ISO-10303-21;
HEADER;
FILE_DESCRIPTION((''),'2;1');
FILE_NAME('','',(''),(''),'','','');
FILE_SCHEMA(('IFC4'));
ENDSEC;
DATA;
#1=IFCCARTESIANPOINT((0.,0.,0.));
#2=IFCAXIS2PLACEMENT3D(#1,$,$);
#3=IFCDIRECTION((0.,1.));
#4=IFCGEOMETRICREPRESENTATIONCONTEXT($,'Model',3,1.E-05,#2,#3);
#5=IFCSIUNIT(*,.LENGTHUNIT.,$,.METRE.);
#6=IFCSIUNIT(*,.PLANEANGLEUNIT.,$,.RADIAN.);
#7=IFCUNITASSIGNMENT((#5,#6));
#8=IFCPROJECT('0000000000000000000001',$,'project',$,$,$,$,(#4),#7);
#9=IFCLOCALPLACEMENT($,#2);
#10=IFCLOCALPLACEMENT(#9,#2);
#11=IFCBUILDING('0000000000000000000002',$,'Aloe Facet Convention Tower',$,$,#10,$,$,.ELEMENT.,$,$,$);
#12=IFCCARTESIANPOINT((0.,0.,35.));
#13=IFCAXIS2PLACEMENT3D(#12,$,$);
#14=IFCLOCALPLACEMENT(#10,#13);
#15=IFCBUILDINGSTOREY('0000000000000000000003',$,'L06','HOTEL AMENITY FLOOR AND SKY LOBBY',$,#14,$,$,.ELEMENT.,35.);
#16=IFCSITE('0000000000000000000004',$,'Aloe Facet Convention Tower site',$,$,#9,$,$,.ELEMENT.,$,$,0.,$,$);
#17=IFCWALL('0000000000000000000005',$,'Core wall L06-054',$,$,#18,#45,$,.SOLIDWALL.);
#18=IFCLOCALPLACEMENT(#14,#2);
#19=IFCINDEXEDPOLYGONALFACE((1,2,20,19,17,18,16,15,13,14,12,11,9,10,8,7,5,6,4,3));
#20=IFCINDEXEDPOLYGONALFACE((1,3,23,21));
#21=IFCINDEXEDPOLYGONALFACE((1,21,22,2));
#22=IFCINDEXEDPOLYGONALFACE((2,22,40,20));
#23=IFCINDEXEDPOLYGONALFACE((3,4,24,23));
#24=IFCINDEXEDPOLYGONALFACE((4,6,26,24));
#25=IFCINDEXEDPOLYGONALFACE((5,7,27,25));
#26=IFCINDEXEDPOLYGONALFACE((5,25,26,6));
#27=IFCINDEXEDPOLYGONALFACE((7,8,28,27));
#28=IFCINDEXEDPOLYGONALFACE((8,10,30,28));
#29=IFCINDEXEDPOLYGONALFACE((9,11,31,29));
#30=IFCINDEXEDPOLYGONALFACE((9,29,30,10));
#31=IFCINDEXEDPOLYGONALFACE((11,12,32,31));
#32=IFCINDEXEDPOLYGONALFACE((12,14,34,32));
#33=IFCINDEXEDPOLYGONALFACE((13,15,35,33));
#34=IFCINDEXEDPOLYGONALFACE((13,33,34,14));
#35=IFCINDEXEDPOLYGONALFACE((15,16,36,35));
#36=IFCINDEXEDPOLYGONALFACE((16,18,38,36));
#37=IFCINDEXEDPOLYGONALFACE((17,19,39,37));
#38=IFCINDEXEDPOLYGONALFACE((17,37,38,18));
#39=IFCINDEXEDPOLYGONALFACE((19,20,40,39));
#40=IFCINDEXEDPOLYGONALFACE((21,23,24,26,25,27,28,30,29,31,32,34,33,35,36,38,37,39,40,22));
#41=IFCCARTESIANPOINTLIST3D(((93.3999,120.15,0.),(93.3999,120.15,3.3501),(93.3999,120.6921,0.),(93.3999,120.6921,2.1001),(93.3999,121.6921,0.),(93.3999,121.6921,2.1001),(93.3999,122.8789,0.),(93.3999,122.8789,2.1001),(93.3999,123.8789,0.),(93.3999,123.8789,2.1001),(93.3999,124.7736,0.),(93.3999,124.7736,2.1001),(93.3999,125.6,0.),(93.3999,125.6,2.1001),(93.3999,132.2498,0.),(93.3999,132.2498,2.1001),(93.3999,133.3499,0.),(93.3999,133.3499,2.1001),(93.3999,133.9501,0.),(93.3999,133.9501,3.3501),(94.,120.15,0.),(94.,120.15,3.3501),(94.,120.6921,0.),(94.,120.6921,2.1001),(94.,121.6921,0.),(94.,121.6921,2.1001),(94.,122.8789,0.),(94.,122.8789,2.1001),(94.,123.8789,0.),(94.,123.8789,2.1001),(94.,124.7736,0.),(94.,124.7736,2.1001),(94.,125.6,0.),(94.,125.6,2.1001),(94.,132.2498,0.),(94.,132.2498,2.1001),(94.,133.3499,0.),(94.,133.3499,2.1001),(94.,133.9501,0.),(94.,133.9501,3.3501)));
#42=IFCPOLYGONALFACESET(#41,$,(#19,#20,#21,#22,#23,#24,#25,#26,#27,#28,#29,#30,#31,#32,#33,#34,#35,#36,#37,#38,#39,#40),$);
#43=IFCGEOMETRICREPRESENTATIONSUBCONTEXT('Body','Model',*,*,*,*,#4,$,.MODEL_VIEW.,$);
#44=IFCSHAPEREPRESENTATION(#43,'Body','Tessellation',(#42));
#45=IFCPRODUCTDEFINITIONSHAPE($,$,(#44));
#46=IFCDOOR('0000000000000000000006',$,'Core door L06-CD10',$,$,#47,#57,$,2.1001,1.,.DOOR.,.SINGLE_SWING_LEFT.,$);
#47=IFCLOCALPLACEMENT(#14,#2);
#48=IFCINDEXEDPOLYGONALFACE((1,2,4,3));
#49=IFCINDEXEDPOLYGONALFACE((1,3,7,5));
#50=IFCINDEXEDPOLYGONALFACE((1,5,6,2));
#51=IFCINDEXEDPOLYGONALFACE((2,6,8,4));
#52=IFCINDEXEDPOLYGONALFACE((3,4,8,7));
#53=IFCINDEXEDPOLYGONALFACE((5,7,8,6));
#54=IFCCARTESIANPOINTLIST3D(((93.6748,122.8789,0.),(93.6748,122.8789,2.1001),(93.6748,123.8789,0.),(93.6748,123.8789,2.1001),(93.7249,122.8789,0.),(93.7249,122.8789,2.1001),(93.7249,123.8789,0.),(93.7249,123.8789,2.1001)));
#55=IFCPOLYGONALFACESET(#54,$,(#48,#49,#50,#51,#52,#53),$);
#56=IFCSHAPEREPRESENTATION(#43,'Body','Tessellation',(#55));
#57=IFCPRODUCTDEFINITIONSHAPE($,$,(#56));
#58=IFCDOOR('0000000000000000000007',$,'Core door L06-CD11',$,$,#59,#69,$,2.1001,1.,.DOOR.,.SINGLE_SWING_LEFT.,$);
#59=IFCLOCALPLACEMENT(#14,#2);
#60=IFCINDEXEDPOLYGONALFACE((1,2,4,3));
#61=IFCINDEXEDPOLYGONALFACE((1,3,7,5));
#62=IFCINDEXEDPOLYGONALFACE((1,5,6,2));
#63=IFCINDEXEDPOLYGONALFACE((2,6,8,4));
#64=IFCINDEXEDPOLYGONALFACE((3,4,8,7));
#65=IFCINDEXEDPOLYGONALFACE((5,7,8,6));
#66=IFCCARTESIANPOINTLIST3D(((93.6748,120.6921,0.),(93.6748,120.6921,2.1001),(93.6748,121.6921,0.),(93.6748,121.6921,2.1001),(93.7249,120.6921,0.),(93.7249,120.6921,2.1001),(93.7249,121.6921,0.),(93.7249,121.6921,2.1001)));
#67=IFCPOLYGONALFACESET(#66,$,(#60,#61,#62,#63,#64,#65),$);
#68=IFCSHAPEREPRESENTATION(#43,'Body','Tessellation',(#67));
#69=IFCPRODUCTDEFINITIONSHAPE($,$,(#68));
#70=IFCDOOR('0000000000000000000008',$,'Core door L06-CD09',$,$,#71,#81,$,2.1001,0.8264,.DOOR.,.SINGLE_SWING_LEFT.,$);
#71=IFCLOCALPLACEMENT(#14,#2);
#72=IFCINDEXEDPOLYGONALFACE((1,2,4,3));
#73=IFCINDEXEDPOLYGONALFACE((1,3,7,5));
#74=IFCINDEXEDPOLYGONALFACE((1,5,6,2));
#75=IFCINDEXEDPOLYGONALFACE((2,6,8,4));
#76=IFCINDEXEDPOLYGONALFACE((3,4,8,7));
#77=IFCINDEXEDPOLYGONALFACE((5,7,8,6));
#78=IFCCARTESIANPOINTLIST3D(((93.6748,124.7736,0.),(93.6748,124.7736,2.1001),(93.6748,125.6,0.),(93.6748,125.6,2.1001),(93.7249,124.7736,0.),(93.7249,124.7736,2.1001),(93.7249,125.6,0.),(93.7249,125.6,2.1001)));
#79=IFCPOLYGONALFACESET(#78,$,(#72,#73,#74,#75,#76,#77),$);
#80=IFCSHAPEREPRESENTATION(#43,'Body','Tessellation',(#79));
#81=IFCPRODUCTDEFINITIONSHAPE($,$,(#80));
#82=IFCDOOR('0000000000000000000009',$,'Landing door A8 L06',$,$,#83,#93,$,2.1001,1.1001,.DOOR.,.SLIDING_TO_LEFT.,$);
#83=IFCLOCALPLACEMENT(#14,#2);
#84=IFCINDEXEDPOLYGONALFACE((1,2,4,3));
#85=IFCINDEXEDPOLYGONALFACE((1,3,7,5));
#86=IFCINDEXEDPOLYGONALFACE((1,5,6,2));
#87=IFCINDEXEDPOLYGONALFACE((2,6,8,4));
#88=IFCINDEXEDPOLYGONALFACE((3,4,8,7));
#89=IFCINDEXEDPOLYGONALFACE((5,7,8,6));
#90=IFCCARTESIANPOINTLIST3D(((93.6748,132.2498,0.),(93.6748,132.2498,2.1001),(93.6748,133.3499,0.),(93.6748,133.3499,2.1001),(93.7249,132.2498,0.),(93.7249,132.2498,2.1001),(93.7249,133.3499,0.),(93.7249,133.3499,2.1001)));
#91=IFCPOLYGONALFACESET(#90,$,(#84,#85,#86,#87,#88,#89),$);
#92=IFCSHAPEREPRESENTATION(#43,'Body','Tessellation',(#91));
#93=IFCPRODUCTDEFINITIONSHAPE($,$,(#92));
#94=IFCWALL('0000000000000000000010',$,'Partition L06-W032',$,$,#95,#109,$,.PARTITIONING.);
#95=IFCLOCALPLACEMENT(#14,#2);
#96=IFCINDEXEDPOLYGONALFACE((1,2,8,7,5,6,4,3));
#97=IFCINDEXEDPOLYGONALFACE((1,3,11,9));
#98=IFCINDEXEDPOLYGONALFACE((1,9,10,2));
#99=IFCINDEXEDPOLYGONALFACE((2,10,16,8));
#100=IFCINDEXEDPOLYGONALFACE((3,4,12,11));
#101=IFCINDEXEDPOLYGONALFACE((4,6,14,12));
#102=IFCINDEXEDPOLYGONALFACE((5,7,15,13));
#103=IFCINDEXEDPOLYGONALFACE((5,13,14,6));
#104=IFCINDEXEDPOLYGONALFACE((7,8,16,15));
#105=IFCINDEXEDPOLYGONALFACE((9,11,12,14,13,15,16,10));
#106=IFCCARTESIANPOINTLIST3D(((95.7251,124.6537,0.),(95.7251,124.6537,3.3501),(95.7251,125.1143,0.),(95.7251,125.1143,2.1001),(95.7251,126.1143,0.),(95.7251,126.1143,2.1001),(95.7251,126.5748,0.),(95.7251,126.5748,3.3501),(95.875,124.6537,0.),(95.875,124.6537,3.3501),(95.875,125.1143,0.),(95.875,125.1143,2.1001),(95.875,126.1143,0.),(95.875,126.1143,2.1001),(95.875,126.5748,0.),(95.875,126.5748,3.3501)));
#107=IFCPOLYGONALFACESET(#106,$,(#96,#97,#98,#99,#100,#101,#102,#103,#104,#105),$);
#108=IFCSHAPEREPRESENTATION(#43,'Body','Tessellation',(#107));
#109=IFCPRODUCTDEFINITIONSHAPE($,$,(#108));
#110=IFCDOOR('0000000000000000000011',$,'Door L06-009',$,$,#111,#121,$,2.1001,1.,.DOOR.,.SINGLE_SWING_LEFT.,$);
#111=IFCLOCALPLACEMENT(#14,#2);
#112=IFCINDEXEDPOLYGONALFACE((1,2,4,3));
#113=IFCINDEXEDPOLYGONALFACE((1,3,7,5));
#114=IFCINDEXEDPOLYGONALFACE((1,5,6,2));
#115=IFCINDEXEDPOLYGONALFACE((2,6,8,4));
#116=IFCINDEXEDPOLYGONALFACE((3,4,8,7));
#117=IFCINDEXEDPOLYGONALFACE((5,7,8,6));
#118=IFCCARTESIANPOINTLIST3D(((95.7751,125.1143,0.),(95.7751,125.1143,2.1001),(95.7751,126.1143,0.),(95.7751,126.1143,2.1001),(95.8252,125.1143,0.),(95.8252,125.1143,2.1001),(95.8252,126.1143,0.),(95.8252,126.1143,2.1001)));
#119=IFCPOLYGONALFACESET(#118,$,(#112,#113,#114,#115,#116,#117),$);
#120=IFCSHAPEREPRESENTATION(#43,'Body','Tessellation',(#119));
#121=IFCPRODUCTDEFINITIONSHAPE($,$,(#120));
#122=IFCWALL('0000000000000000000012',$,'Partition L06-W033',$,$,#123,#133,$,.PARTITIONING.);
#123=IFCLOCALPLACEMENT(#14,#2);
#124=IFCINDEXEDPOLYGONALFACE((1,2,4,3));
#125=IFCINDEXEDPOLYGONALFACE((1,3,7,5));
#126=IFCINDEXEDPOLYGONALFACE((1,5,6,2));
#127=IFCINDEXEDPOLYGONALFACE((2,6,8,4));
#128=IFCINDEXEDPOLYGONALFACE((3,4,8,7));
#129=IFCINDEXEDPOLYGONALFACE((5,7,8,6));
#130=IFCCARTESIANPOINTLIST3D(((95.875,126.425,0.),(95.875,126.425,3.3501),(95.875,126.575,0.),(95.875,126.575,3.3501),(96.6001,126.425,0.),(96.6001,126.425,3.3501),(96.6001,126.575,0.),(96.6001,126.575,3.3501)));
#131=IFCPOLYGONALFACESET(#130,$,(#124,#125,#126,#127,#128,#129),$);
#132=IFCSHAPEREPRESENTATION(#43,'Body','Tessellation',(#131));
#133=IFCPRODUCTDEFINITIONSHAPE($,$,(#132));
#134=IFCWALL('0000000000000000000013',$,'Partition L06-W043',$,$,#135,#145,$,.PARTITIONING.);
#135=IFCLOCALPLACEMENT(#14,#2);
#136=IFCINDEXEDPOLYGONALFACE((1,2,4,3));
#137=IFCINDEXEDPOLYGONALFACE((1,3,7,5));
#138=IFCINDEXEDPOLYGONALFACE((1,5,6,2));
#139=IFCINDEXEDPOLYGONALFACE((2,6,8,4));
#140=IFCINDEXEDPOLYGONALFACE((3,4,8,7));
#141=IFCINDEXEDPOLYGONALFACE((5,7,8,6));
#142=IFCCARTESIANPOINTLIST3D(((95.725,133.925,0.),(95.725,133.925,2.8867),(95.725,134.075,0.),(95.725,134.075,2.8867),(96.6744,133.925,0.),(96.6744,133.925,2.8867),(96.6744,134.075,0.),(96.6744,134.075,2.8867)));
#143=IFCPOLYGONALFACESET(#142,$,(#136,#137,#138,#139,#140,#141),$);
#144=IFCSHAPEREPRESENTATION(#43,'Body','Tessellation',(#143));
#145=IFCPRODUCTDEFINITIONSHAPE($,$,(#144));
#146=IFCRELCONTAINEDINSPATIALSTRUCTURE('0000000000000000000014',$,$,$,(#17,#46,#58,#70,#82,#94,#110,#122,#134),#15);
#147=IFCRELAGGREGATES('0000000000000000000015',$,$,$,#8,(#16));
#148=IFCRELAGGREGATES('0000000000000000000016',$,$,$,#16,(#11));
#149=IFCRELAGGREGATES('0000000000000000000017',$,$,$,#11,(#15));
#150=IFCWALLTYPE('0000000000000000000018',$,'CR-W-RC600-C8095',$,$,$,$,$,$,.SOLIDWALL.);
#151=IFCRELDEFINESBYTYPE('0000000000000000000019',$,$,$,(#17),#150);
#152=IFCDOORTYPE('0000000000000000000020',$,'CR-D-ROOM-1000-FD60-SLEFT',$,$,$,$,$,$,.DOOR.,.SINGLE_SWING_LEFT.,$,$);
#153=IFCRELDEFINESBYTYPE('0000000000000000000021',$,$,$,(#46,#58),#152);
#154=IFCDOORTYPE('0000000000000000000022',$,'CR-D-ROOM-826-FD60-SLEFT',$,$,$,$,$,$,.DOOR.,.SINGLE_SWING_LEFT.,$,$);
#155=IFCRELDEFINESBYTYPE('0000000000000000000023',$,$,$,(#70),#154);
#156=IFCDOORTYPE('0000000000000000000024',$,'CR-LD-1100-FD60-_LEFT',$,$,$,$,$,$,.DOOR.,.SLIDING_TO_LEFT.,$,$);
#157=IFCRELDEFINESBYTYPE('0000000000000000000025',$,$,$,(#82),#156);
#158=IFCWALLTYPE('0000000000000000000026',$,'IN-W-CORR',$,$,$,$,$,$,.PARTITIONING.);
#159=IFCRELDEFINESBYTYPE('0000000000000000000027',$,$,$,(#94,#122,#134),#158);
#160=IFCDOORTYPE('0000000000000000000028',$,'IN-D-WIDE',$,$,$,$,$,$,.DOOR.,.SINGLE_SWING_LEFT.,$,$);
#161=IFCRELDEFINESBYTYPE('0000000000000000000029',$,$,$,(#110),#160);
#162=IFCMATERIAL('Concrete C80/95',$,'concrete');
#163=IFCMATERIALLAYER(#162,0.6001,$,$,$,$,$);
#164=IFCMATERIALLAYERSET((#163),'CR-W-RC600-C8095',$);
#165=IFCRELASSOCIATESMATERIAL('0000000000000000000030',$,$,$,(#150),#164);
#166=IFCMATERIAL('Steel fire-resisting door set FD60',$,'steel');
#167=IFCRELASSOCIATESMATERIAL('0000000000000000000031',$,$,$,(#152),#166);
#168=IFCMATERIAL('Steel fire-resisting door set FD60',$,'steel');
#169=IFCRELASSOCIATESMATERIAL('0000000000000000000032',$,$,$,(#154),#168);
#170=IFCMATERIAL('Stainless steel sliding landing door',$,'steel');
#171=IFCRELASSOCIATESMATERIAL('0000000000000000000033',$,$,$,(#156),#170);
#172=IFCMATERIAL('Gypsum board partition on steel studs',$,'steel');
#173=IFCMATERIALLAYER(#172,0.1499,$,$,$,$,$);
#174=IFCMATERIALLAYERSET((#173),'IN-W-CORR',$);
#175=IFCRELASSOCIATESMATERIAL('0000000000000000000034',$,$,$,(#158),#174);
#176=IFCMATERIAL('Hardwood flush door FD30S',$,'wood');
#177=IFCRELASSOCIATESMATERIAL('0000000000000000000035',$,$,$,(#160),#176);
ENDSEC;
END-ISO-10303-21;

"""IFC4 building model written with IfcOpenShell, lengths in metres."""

from ifc_helpers import new_model, si_unit, direction, frame, frame_2d, origin, place, context, subcontext, project, spatial, rectangle, extrude, material, layer, layer_set, type_object, element, fill, save


model = new_model("IFC4")

# Units and contexts
model_context = context("Model", 3, precision=1e-05, world=origin(), true_north=direction((0.0, 1.0)))
body_context = subcontext(model_context, "Body", "Model", "MODEL_VIEW")
ifc_project = project(units=[si_unit("LENGTHUNIT", "METRE"), si_unit("PLANEANGLEUNIT", "RADIAN")], contexts=[model_context])

# Site, building, storey
site_placement = place(None, origin())
site = spatial("IfcSite", under=ifc_project, at=site_placement, Name="Aloe Facet Convention Tower site", CompositionType="ELEMENT", RefElevation=0.0)
building_placement = place(site_placement, origin())
building = spatial("IfcBuilding", under=site, at=building_placement, Name="Aloe Facet Convention Tower", CompositionType="ELEMENT")
storey_placement = place(building_placement, frame((0.0, 0.0, 35.0)))
storey = spatial("IfcBuildingStorey", under=building, at=storey_placement, Name="L06", Description="HOTEL AMENITY FLOOR AND SKY LOBBY", CompositionType="ELEMENT", Elevation=35.0)

# Wall, openings, doors
ifc_material_1 = material(Name="Concrete C80/95", Category="concrete")
ifc_layer_1 = layer(ifc_material_1, 0.6001)
ifc_layer_set_1 = layer_set([ifc_layer_1], Name="CR-W-RC600-C8095")
wall_type_1 = type_object("IfcWallType", Name="CR-W-RC600-C8095", PredefinedType="SOLIDWALL", material=ifc_layer_set_1)
wall_1_placement = place(storey_placement, frame((93.7, 133.95, 0.0), z_axis=(0.0, 0.0, 1.0), x_axis=(0.0, -1.0, 0.0)))
wall_1 = element("IfcWall", 1, at=wall_1_placement, inside=storey, type_object=wall_type_1, Name="Core wall L06-054", PredefinedType="SOLIDWALL", context=body_context, shape_type="SweptSolid", body=[
    extrude(rectangle(XDim=13.8, YDim=0.6001, at=frame_2d((6.8999, 0.0))), origin(), (0.0, 0.0, 1.0), 3.3501),
])
opening_1_placement = place(wall_1_placement, frame((0.6001, 0.0, 0.0)))
opening_1 = element("IfcOpeningElement", 2, at=opening_1_placement, cuts=wall_1, PredefinedType="OPENING", context=body_context, shape_type="SweptSolid", body=[
    extrude(rectangle(XDim=1.1001, YDim=2.1001, at=frame_2d((0.55, 1.05))), frame((0.0, 0.3101, 0.0), z_axis=(0.0, -1.0, 0.0), x_axis=(1.0, 0.0, 0.0)), (0.0, 0.0, 1.0), 0.6201),
])
opening_2_placement = place(wall_1_placement, frame((8.3501, 0.0, 0.0)))
opening_2 = element("IfcOpeningElement", 3, at=opening_2_placement, cuts=wall_1, PredefinedType="OPENING", context=body_context, shape_type="SweptSolid", body=[
    extrude(rectangle(XDim=0.8264, YDim=2.1001, at=frame_2d((0.4131, 1.05))), frame((0.0, 0.3101, 0.0), z_axis=(0.0, -1.0, 0.0), x_axis=(1.0, 0.0, 0.0)), (0.0, 0.0, 1.0), 0.6201),
])
opening_3_placement = place(wall_1_placement, frame((10.071, 0.0, 0.0)))
opening_3 = element("IfcOpeningElement", 4, at=opening_3_placement, cuts=wall_1, PredefinedType="OPENING", context=body_context, shape_type="SweptSolid", body=[
    extrude(rectangle(XDim=1.0, YDim=2.1001, at=frame_2d((0.5, 1.05))), frame((0.0, 0.3101, 0.0), z_axis=(0.0, -1.0, 0.0), x_axis=(1.0, 0.0, 0.0)), (0.0, 0.0, 1.0), 0.6201),
])
opening_4_placement = place(wall_1_placement, frame((12.2578, 0.0, 0.0)))
opening_4 = element("IfcOpeningElement", 5, at=opening_4_placement, cuts=wall_1, PredefinedType="OPENING", context=body_context, shape_type="SweptSolid", body=[
    extrude(rectangle(XDim=1.0, YDim=2.1001, at=frame_2d((0.5, 1.05))), frame((0.0, 0.3101, 0.0), z_axis=(0.0, -1.0, 0.0), x_axis=(1.0, 0.0, 0.0)), (0.0, 0.0, 1.0), 0.6201),
])
ifc_material_2 = material(Name="Steel fire-resisting door set FD60", Category="steel")
door_type_1 = type_object("IfcDoorType", Name="CR-D-ROOM-1000-FD60-SLEFT", OperationType="SINGLE_SWING_LEFT", PredefinedType="DOOR", material=ifc_material_2)
door_1_placement = place(opening_3_placement, origin())
door_1 = element("IfcDoor", 6, at=door_1_placement, inside=storey, type_object=door_type_1, Name="Core door L06-CD10", OperationType="SINGLE_SWING_LEFT", OverallHeight=2.1001, OverallWidth=1.0, PredefinedType="DOOR", context=body_context, shape_type="SweptSolid", body=[
    extrude(rectangle(XDim=1.0, YDim=2.1001, at=frame_2d((0.5, 1.05))), frame((0.0, 0.0249, 0.0), z_axis=(0.0, -1.0, 0.0), x_axis=(1.0, 0.0, 0.0)), (0.0, 0.0, 1.0), 0.05),
])
fill(opening_3, door_1)
door_2_placement = place(opening_4_placement, origin())
door_2 = element("IfcDoor", 7, at=door_2_placement, inside=storey, type_object=door_type_1, Name="Core door L06-CD11", OperationType="SINGLE_SWING_LEFT", OverallHeight=2.1001, OverallWidth=1.0, PredefinedType="DOOR", context=body_context, shape_type="SweptSolid", body=[
    extrude(rectangle(XDim=1.0, YDim=2.1001, at=frame_2d((0.5, 1.05))), frame((0.0, 0.0249, 0.0), z_axis=(0.0, -1.0, 0.0), x_axis=(1.0, 0.0, 0.0)), (0.0, 0.0, 1.0), 0.05),
])
fill(opening_4, door_2)
ifc_material_3 = material(Name="Steel fire-resisting door set FD60", Category="steel")
door_type_2 = type_object("IfcDoorType", Name="CR-D-ROOM-826-FD60-SLEFT", OperationType="SINGLE_SWING_LEFT", PredefinedType="DOOR", material=ifc_material_3)
door_3_placement = place(opening_2_placement, origin())
door_3 = element("IfcDoor", 8, at=door_3_placement, inside=storey, type_object=door_type_2, Name="Core door L06-CD09", OperationType="SINGLE_SWING_LEFT", OverallHeight=2.1001, OverallWidth=0.8264, PredefinedType="DOOR", context=body_context, shape_type="SweptSolid", body=[
    extrude(rectangle(XDim=0.8264, YDim=2.1001, at=frame_2d((0.4131, 1.05))), frame((0.0, 0.0249, 0.0), z_axis=(0.0, -1.0, 0.0), x_axis=(1.0, 0.0, 0.0)), (0.0, 0.0, 1.0), 0.05),
])
fill(opening_2, door_3)
ifc_material_4 = material(Name="Stainless steel sliding landing door", Category="steel")
door_type_3 = type_object("IfcDoorType", Name="CR-LD-1100-FD60-_LEFT", OperationType="SLIDING_TO_LEFT", PredefinedType="DOOR", material=ifc_material_4)
door_4_placement = place(opening_1_placement, origin())
door_4 = element("IfcDoor", 9, at=door_4_placement, inside=storey, type_object=door_type_3, Name="Landing door A8 L06", OperationType="SLIDING_TO_LEFT", OverallHeight=2.1001, OverallWidth=1.1001, PredefinedType="DOOR", context=body_context, shape_type="SweptSolid", body=[
    extrude(rectangle(XDim=1.1001, YDim=2.1001, at=frame_2d((0.55, 1.05))), frame((0.0, 0.0249, 0.0), z_axis=(0.0, -1.0, 0.0), x_axis=(1.0, 0.0, 0.0)), (0.0, 0.0, 1.0), 0.05),
])
fill(opening_1, door_4)

# Wall, opening, door
ifc_material_5 = material(Name="Gypsum board partition on steel studs", Category="steel")
ifc_layer_2 = layer(ifc_material_5, 0.1499)
ifc_layer_set_2 = layer_set([ifc_layer_2], Name="IN-W-CORR")
wall_type_2 = type_object("IfcWallType", Name="IN-W-CORR", PredefinedType="PARTITIONING", material=ifc_layer_set_2)
wall_2_placement = place(storey_placement, frame((95.8, 124.6538, 0.0), z_axis=(0.0, 0.0, 1.0), x_axis=(0.0, 1.0, 0.0)))
wall_2 = element("IfcWall", 10, at=wall_2_placement, inside=storey, type_object=wall_type_2, Name="Partition L06-W032", PredefinedType="PARTITIONING", context=body_context, shape_type="SweptSolid", body=[
    extrude(rectangle(XDim=1.9211, YDim=0.1499, at=frame_2d((0.9604, 0.0))), origin(), (0.0, 0.0, 1.0), 3.3501),
])
opening_5_placement = place(wall_2_placement, frame((0.4604, 0.0, 0.0)))
opening_5 = element("IfcOpeningElement", 11, at=opening_5_placement, cuts=wall_2, PredefinedType="OPENING", context=body_context, shape_type="SweptSolid", body=[
    extrude(rectangle(XDim=1.0, YDim=2.1001, at=frame_2d((0.5, 1.05))), frame((0.0, 0.085, 0.0), z_axis=(0.0, -1.0, 0.0), x_axis=(1.0, 0.0, 0.0)), (0.0, 0.0, 1.0), 0.1699),
])
ifc_material_6 = material(Name="Hardwood flush door FD30S", Category="wood")
door_type_4 = type_object("IfcDoorType", Name="IN-D-WIDE", OperationType="SINGLE_SWING_LEFT", PredefinedType="DOOR", material=ifc_material_6)
door_5_placement = place(opening_5_placement, origin())
door_5 = element("IfcDoor", 12, at=door_5_placement, inside=storey, type_object=door_type_4, Name="Door L06-009", OperationType="SINGLE_SWING_LEFT", OverallHeight=2.1001, OverallWidth=1.0, PredefinedType="DOOR", context=body_context, shape_type="SweptSolid", body=[
    extrude(rectangle(XDim=1.0, YDim=2.1001, at=frame_2d((0.5, 1.05))), frame((0.0, 0.0249, 0.0), z_axis=(0.0, -1.0, 0.0), x_axis=(1.0, 0.0, 0.0)), (0.0, 0.0, 1.0), 0.05),
])
fill(opening_5, door_5)

# Walls
wall_3_placement = place(storey_placement, frame((95.875, 126.5, 0.0), z_axis=(0.0, 0.0, 1.0), x_axis=(1.0, 0.0, 0.0)))
element("IfcWall", 13, at=wall_3_placement, inside=storey, type_object=wall_type_2, Name="Partition L06-W033", PredefinedType="PARTITIONING", context=body_context, shape_type="SweptSolid", body=[
    extrude(rectangle(XDim=0.7251, YDim=0.1499, at=frame_2d((0.3625, 0.0))), origin(), (0.0, 0.0, 1.0), 3.3501),
])
wall_4_placement = place(storey_placement, frame((95.7251, 134.0, 0.0), z_axis=(0.0, 0.0, 1.0), x_axis=(1.0, 0.0, 0.0)))
element("IfcWall", 14, at=wall_4_placement, inside=storey, type_object=wall_type_2, Name="Partition L06-W043", PredefinedType="PARTITIONING", context=body_context, shape_type="SweptSolid", body=[
    extrude(rectangle(XDim=0.9495, YDim=0.1499, at=frame_2d((0.4746, 0.0))), origin(), (0.0, 0.0, 1.0), 2.8867),
])

save(model, "model.ifc")
